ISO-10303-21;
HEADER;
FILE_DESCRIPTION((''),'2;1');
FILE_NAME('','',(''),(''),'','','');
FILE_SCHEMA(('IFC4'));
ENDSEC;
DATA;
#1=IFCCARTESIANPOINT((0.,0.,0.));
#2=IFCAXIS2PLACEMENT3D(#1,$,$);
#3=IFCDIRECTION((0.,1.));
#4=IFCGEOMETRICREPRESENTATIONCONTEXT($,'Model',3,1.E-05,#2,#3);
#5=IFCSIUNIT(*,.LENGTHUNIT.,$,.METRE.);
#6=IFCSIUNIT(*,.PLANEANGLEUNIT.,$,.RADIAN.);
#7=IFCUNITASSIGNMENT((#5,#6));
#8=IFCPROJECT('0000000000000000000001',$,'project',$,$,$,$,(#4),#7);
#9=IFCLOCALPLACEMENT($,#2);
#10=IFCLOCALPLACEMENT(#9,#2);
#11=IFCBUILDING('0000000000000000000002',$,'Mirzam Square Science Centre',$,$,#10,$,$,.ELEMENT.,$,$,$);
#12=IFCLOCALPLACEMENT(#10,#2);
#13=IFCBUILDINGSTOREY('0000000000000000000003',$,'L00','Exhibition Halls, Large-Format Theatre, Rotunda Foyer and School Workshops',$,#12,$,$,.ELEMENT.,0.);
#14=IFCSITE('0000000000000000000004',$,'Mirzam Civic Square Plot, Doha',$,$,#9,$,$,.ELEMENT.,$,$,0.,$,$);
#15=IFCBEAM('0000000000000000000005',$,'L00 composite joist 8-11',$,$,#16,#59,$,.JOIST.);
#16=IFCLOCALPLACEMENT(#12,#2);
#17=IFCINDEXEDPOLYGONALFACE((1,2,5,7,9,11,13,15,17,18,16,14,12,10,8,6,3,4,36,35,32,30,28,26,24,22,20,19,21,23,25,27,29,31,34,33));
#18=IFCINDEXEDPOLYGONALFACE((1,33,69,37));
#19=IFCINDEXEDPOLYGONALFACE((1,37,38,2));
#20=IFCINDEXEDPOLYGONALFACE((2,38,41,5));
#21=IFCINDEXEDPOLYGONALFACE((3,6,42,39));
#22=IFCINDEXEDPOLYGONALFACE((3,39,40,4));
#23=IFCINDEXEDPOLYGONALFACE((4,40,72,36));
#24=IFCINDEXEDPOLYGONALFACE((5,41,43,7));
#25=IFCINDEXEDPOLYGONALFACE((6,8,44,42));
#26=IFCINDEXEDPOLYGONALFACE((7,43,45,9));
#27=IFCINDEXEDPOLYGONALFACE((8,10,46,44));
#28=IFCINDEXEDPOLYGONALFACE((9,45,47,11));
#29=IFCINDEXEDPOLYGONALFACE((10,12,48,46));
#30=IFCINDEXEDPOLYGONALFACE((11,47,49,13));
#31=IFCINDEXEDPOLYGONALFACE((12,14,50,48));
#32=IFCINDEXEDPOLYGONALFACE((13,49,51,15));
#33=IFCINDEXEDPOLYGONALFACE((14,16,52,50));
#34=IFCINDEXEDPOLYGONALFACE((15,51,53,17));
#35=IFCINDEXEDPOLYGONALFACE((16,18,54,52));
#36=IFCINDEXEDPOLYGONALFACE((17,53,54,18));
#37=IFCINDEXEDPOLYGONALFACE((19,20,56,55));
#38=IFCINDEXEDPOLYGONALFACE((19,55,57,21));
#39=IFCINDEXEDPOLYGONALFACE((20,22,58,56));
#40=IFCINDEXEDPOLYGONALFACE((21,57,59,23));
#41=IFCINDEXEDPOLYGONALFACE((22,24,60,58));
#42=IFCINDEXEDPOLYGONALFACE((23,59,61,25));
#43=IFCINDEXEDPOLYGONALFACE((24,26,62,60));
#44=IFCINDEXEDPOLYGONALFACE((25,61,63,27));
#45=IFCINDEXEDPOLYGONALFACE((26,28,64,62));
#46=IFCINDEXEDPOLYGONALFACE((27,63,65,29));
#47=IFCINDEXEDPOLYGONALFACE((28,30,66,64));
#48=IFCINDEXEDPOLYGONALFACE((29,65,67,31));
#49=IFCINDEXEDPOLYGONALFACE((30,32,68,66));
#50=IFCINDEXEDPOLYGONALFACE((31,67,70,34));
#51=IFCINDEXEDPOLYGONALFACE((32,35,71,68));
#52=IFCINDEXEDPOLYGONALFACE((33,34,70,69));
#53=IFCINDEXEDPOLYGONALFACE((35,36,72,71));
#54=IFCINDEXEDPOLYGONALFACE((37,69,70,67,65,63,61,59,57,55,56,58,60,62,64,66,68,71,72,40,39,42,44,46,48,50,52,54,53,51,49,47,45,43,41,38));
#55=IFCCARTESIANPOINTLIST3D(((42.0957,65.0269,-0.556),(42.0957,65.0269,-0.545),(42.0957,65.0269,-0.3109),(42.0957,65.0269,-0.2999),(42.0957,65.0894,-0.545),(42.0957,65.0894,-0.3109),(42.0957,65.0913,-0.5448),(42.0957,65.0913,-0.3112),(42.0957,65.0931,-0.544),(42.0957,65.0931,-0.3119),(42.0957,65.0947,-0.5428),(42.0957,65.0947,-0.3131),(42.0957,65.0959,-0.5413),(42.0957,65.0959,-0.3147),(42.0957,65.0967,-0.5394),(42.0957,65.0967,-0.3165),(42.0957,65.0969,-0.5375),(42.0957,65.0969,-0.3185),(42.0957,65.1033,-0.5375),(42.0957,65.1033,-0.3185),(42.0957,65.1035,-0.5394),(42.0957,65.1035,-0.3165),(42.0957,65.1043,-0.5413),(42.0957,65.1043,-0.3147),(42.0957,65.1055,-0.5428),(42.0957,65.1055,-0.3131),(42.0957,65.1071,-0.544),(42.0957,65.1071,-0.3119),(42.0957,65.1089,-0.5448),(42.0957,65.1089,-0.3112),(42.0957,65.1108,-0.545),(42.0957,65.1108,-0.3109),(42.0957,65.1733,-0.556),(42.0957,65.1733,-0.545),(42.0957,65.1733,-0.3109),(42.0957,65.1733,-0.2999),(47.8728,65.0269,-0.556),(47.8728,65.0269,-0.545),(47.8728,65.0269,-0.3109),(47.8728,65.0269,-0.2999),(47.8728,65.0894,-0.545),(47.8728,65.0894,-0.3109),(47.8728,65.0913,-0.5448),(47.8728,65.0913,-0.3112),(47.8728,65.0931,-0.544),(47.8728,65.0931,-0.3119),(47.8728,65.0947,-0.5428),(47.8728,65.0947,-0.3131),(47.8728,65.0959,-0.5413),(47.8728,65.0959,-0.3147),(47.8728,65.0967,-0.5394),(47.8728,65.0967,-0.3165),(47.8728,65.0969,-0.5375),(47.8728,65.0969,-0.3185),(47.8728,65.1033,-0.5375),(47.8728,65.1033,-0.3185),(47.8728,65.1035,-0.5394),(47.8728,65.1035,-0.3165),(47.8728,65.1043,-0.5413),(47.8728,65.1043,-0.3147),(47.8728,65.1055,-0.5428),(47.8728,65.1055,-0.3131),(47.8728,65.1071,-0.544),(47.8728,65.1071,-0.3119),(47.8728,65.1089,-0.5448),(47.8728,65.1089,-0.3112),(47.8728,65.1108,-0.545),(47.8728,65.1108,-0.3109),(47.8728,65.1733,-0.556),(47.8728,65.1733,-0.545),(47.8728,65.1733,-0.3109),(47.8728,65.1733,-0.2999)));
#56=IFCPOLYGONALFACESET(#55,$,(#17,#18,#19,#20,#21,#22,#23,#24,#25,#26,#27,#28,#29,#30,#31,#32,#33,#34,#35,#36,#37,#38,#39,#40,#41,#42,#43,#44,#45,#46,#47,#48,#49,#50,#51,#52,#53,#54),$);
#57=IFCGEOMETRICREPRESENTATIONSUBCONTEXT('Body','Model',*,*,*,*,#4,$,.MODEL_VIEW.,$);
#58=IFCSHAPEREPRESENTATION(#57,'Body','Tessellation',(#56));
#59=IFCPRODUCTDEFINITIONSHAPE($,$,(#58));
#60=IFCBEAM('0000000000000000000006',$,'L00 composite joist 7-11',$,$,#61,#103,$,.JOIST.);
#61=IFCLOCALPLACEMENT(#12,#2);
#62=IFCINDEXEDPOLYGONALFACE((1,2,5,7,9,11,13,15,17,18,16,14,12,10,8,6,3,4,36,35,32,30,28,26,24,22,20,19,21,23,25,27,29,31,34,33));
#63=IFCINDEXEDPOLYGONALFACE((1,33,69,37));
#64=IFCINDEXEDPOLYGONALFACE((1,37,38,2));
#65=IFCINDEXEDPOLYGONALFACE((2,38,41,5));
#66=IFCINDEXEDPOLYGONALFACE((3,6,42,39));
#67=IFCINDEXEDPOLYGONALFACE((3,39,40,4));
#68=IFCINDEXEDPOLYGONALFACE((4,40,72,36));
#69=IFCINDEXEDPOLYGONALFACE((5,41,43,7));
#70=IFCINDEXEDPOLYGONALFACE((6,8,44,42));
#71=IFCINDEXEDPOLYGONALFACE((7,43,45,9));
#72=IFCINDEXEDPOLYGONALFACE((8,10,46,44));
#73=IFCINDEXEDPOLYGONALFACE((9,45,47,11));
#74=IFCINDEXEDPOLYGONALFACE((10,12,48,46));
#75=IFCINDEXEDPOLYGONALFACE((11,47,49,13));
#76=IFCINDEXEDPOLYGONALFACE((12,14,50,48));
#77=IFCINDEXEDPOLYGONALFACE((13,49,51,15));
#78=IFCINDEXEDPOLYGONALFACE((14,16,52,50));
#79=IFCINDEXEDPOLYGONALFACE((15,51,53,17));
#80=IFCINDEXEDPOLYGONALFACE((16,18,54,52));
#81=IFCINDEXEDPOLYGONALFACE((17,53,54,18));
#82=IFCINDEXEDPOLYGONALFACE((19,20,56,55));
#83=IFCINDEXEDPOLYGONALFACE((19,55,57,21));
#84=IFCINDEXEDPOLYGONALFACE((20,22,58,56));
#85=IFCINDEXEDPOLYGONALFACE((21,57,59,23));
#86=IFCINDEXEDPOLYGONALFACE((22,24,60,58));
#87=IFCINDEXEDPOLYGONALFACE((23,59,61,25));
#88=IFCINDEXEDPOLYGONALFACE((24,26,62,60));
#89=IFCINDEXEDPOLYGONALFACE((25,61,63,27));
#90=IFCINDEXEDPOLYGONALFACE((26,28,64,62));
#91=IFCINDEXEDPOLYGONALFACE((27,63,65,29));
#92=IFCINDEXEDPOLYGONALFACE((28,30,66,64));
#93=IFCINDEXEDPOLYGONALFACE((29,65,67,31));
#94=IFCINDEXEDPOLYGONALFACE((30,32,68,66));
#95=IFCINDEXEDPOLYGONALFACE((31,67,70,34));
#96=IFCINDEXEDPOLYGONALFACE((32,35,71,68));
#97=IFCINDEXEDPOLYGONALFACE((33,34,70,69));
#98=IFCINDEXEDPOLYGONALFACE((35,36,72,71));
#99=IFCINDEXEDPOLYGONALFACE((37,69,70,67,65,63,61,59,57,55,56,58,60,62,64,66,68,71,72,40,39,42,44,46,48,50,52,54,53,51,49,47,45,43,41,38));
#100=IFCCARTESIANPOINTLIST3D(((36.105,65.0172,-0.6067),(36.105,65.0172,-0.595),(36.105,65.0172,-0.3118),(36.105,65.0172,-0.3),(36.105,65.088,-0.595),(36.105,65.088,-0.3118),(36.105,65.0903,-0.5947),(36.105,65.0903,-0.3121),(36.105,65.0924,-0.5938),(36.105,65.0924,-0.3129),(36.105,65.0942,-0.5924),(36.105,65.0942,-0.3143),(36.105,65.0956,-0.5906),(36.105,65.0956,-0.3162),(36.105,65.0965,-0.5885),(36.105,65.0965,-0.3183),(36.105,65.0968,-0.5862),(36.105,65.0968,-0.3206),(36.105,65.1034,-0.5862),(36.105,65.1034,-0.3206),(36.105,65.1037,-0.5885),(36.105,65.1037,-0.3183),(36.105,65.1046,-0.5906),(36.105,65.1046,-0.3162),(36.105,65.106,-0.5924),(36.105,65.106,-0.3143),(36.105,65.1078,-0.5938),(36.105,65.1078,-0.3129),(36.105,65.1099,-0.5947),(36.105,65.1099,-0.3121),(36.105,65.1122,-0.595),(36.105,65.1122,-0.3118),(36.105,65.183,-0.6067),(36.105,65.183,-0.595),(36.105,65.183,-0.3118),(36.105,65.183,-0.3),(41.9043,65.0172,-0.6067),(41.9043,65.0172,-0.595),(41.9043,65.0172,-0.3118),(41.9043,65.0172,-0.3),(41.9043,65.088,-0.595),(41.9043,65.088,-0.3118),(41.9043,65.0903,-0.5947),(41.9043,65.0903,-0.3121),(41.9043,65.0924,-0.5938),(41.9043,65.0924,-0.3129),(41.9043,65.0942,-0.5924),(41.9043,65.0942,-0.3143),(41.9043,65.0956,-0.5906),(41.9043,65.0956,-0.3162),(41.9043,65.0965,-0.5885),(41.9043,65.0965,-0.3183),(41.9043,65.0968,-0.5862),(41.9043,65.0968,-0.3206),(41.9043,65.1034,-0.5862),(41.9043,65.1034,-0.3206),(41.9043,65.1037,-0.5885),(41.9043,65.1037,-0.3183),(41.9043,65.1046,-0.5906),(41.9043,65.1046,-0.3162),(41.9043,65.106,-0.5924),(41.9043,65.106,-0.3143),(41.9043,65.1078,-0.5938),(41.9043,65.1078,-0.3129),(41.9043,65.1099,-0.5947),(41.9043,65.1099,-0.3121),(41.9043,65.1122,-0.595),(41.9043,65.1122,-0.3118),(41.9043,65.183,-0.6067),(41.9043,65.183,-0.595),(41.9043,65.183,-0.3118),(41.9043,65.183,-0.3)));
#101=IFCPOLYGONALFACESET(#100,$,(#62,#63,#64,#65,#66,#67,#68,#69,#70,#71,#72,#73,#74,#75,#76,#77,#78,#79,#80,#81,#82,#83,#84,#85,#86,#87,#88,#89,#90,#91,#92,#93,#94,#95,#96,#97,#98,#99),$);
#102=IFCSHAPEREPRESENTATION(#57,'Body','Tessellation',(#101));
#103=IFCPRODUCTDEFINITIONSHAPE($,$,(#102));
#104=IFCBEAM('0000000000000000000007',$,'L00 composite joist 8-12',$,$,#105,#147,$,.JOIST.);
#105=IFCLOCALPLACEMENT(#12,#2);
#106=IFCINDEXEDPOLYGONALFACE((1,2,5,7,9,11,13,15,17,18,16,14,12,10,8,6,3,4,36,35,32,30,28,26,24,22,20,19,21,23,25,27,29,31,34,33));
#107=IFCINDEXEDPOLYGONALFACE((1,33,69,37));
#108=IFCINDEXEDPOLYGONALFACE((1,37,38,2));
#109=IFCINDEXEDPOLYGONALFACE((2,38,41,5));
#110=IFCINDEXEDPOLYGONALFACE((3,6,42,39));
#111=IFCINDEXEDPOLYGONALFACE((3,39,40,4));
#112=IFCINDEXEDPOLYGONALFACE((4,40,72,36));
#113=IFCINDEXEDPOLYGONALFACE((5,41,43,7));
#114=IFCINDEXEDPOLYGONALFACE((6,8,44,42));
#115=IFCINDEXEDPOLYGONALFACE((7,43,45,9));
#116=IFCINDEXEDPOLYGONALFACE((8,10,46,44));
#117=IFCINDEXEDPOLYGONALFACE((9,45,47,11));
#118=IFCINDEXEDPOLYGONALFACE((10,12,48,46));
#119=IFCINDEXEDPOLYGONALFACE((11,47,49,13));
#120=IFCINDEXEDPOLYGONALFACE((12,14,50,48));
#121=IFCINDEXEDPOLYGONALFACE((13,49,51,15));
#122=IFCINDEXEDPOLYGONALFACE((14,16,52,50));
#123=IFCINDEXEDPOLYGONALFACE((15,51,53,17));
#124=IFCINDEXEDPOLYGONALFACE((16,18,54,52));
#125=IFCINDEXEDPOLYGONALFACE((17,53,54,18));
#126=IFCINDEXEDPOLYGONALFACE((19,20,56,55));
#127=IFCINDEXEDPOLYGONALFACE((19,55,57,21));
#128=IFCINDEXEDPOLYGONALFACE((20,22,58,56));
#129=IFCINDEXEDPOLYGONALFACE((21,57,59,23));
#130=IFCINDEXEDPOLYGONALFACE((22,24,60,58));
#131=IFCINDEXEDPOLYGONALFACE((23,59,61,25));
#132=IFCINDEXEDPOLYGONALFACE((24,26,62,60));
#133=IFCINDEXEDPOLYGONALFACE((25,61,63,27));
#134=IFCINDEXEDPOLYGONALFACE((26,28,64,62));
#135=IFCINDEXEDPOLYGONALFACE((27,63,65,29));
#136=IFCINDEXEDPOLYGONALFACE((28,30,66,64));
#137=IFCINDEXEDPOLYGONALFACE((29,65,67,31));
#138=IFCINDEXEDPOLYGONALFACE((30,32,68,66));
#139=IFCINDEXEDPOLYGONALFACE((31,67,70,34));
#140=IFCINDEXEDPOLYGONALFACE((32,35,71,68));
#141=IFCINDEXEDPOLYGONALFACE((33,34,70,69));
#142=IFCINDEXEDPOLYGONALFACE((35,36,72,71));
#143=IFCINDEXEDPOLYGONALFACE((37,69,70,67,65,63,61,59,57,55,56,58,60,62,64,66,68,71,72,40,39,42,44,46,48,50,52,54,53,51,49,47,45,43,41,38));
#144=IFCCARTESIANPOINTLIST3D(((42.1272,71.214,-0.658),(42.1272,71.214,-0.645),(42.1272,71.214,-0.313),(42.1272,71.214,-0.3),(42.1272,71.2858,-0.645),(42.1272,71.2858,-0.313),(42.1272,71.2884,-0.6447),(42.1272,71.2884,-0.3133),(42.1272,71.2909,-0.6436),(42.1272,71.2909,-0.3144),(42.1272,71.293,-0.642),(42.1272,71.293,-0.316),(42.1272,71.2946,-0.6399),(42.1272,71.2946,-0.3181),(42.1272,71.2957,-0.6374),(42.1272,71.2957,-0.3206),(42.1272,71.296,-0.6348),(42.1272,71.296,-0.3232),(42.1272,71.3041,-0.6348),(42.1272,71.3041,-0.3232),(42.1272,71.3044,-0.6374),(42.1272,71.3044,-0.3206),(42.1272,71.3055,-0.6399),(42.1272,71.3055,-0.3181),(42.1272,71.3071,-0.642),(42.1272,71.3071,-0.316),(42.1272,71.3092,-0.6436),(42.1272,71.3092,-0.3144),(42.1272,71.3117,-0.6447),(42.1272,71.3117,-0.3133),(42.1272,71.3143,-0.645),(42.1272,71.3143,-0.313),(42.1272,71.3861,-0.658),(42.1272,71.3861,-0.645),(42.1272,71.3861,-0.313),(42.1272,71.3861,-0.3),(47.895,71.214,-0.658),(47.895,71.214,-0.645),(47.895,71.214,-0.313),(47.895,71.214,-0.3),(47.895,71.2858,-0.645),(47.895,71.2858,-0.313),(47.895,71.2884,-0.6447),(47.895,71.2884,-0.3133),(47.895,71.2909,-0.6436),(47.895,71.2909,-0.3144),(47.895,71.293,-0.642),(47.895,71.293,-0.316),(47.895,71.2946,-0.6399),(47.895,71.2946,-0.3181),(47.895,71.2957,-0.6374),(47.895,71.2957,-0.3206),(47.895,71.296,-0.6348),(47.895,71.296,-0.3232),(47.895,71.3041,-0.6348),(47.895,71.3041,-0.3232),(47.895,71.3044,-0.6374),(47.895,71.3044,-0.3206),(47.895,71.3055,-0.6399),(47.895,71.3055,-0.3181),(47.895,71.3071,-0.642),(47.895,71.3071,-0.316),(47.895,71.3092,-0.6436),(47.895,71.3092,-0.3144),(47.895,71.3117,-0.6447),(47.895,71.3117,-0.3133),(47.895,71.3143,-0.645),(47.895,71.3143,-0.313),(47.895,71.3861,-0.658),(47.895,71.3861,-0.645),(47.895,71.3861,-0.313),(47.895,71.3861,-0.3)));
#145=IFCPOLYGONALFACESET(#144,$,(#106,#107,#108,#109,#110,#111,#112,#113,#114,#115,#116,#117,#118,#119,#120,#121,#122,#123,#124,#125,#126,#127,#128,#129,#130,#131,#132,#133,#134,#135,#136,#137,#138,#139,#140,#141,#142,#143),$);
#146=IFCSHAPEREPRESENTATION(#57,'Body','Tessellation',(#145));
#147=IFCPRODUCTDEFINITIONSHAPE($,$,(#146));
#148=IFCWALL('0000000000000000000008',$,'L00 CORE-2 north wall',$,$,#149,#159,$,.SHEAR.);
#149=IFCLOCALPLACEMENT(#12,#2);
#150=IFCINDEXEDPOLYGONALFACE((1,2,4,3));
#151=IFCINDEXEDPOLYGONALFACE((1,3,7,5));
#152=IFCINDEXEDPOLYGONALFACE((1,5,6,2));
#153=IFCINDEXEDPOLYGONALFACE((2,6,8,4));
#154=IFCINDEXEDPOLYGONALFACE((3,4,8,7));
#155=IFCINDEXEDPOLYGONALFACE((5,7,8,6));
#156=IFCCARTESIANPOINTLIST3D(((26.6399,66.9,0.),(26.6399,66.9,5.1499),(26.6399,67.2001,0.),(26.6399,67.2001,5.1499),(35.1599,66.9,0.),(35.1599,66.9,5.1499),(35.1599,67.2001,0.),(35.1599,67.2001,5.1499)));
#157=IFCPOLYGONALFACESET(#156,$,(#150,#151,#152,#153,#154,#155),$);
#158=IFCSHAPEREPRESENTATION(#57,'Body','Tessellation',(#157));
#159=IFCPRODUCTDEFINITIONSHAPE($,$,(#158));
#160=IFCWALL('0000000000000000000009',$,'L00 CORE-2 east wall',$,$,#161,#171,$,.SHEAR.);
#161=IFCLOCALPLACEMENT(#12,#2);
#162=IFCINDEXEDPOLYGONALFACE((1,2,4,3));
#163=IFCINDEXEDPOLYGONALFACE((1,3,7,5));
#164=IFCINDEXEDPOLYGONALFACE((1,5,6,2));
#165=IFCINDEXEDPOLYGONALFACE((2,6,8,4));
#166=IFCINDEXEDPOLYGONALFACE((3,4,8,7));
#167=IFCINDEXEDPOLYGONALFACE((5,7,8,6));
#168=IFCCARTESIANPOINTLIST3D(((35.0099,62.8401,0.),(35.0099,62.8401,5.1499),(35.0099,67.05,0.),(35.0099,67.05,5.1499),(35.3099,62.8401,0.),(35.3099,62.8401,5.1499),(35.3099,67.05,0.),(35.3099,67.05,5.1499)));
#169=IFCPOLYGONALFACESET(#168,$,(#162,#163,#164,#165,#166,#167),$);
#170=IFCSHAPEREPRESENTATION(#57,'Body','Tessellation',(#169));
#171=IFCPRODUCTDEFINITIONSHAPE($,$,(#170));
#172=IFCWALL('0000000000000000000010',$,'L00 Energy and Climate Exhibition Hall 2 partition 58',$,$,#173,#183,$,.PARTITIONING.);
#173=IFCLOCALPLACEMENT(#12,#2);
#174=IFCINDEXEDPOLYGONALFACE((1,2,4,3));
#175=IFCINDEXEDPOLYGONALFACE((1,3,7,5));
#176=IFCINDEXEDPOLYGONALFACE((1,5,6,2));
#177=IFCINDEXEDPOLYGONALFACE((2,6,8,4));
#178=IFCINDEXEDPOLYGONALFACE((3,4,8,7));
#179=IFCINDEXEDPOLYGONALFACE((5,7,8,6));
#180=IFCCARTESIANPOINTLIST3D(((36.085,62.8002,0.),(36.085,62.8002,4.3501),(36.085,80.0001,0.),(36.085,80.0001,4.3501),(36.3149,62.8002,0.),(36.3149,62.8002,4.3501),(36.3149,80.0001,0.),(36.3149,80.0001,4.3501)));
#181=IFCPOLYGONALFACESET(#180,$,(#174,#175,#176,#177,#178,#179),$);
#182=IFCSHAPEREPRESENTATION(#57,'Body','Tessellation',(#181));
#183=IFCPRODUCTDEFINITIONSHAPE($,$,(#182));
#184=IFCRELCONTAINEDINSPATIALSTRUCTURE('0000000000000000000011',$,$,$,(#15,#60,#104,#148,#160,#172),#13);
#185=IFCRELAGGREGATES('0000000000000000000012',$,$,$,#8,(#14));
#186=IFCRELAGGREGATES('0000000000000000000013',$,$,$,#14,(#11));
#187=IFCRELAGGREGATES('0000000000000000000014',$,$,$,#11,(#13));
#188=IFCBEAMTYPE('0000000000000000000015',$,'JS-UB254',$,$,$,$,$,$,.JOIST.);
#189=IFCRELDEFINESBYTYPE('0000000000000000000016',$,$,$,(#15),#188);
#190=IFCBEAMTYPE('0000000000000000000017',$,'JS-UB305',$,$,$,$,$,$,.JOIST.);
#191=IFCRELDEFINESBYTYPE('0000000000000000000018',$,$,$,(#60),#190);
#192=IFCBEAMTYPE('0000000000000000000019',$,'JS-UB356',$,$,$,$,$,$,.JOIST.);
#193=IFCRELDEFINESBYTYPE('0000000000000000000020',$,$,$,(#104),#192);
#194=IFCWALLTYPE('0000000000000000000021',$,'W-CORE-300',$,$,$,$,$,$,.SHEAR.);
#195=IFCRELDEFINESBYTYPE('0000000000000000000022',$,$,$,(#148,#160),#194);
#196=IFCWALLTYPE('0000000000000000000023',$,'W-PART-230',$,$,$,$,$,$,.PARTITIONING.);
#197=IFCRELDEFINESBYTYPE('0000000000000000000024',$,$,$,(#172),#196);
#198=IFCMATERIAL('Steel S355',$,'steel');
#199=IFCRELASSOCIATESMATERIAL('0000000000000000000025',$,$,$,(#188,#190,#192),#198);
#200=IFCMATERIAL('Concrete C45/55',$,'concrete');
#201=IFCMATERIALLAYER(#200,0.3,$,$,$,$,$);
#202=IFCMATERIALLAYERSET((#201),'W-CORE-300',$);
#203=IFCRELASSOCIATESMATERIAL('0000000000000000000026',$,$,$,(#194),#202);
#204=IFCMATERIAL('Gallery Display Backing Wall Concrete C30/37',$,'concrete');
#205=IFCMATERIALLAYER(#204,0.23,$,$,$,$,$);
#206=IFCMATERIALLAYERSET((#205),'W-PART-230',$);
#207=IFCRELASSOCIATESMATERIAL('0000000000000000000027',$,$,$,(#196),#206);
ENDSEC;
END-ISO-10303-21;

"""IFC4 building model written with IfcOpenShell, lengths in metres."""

from ifc_helpers import new_model, si_unit, direction, frame, frame_2d, origin, origin_2d, place, context, subcontext, project, spatial, rectangle, i_section, extrude, material, layer, layer_set, material_profile, profile_set, type_object, element, save


model = new_model("IFC4")

# Units and contexts
model_context = context("Model", 3, precision=1e-05, world=origin(), true_north=direction((0.0, 1.0)))
body_context = subcontext(model_context, "Body", "Model", "MODEL_VIEW")
ifc_project = project(units=[si_unit("LENGTHUNIT", "METRE"), si_unit("PLANEANGLEUNIT", "RADIAN")], contexts=[model_context])

# Site, building, storey
site_placement = place(None, origin())
site = spatial("IfcSite", under=ifc_project, at=site_placement, Name="Mirzam Civic Square Plot, Doha", CompositionType="ELEMENT", RefElevation=0.0)
building_placement = place(site_placement, origin())
building = spatial("IfcBuilding", under=site, at=building_placement, Name="Mirzam Square Science Centre", CompositionType="ELEMENT")
storey_placement = place(building_placement, origin())
storey = spatial("IfcBuildingStorey", under=building, at=storey_placement, Name="L00", Description="Exhibition Halls, Large-Format Theatre, Rotunda Foyer and School Workshops", CompositionType="ELEMENT", Elevation=0.0)

# Shared definitions
ifc_material_1 = material(Name="Steel S355", Category="steel")

# Beams
ifc_material_profile_1 = material_profile(ifc_material_1, i_section(OverallWidth=0.1465, OverallDepth=0.2561, WebThickness=0.0063, FlangeThickness=0.011, FilletRadius=0.0076, at=origin_2d()), Name="254x146x37UB")
ifc_profile_set_1 = profile_set([ifc_material_profile_1], Name="Steel S355")
beam_type_1 = type_object("IfcBeamType", Name="JS-UB254", PredefinedType="JOIST", material=ifc_profile_set_1)
for number, where, z_axis, x_axis, name in (
    (1, (42.0957, 65.1001, -0.428), (1.0, 0.0, 0.0), (0.0, 1.0, 0.0), "L00 composite joist 8-11"),
):
    element("IfcBeam", number, at=place(storey_placement, frame(where, z_axis=z_axis, x_axis=x_axis)), inside=storey, type_object=beam_type_1, Name=name, PredefinedType="JOIST", context=body_context, shape_type="SweptSolid", body=[
        extrude(i_section(OverallWidth=0.1465, OverallDepth=0.2561, WebThickness=0.0063, FlangeThickness=0.011, FilletRadius=0.0076, at=origin_2d()), origin(), (0.0, 0.0, 1.0), 5.7771),
    ])
ifc_material_profile_2 = material_profile(ifc_material_1, i_section(OverallWidth=0.1658, OverallDepth=0.3066, WebThickness=0.0066, FlangeThickness=0.0117, FilletRadius=0.0088, at=origin_2d()), Name="305x165x46UB")
ifc_profile_set_2 = profile_set([ifc_material_profile_2], Name="Steel S355")
beam_type_2 = type_object("IfcBeamType", Name="JS-UB305", PredefinedType="JOIST", material=ifc_profile_set_2)
beam_1_placement = place(storey_placement, frame((36.105, 65.1001, -0.4534), z_axis=(1.0, 0.0, 0.0), x_axis=(0.0, 1.0, 0.0)))
element("IfcBeam", 2, at=beam_1_placement, inside=storey, type_object=beam_type_2, Name="L00 composite joist 7-11", PredefinedType="JOIST", context=body_context, shape_type="SweptSolid", body=[
    extrude(i_section(OverallWidth=0.1658, OverallDepth=0.3066, WebThickness=0.0066, FlangeThickness=0.0117, FilletRadius=0.0088, at=origin_2d()), origin(), (0.0, 0.0, 1.0), 5.7993),
])
ifc_material_profile_3 = material_profile(ifc_material_1, i_section(OverallWidth=0.1721, OverallDepth=0.3579, WebThickness=0.0081, FlangeThickness=0.0129, FilletRadius=0.0103, at=origin_2d()), Name="356x171x57UB")
ifc_profile_set_3 = profile_set([ifc_material_profile_3], Name="Steel S355")
beam_type_3 = type_object("IfcBeamType", Name="JS-UB356", PredefinedType="JOIST", material=ifc_profile_set_3)
beam_2_placement = place(storey_placement, frame((42.1272, 71.3, -0.479), z_axis=(1.0, 0.0, 0.0), x_axis=(0.0, 1.0, 0.0)))
element("IfcBeam", 3, at=beam_2_placement, inside=storey, type_object=beam_type_3, Name="L00 composite joist 8-12", PredefinedType="JOIST", context=body_context, shape_type="SweptSolid", body=[
    extrude(i_section(OverallWidth=0.1721, OverallDepth=0.3579, WebThickness=0.0081, FlangeThickness=0.0129, FilletRadius=0.0103, at=origin_2d()), origin(), (0.0, 0.0, 1.0), 5.7678),
])

# Walls
ifc_material_2 = material(Name="Concrete C45/55", Category="concrete")
ifc_layer_1 = layer(ifc_material_2, 0.3)
ifc_layer_set_1 = layer_set([ifc_layer_1], Name="W-CORE-300")
wall_type_1 = type_object("IfcWallType", Name="W-CORE-300", PredefinedType="SHEAR", material=ifc_layer_set_1)
wall_1_placement = place(storey_placement, frame((35.1599, 67.05, 0.0), z_axis=(0.0, 0.0, 1.0), x_axis=(-1.0, 0.0, 0.0)))
element("IfcWall", 4, at=wall_1_placement, inside=storey, type_object=wall_type_1, Name="L00 CORE-2 north wall", PredefinedType="SHEAR", context=body_context, shape_type="SweptSolid", body=[
    extrude(rectangle(XDim=8.52, YDim=0.3, at=frame_2d((4.26, 0.0))), origin(), (0.0, 0.0, 1.0), 5.1499),
])
wall_2_placement = place(storey_placement, frame((35.1599, 62.8401, 0.0), z_axis=(0.0, 0.0, 1.0), x_axis=(0.0, 1.0, 0.0)))
element("IfcWall", 5, at=wall_2_placement, inside=storey, type_object=wall_type_1, Name="L00 CORE-2 east wall", PredefinedType="SHEAR", context=body_context, shape_type="SweptSolid", body=[
    extrude(rectangle(XDim=4.21, YDim=0.3, at=frame_2d((2.105, 0.0))), origin(), (0.0, 0.0, 1.0), 5.1499),
])
ifc_material_3 = material(Name="Gallery Display Backing Wall Concrete C30/37", Category="concrete")
ifc_layer_2 = layer(ifc_material_3, 0.23)
ifc_layer_set_2 = layer_set([ifc_layer_2], Name="W-PART-230")
wall_type_2 = type_object("IfcWallType", Name="W-PART-230", PredefinedType="PARTITIONING", material=ifc_layer_set_2)
wall_3_placement = place(storey_placement, frame((36.2, 62.8, 0.0), z_axis=(0.0, 0.0, 1.0), x_axis=(0.0, 1.0, 0.0)))
element("IfcWall", 6, at=wall_3_placement, inside=storey, type_object=wall_type_2, Name="L00 Energy and Climate Exhibition Hall 2 partition 58", PredefinedType="PARTITIONING", context=body_context, shape_type="SweptSolid", body=[
    extrude(rectangle(XDim=17.2, YDim=0.23, at=frame_2d((8.6001, 0.0))), origin(), (0.0, 0.0, 1.0), 4.3501),
])

save(model, "model.ifc")
